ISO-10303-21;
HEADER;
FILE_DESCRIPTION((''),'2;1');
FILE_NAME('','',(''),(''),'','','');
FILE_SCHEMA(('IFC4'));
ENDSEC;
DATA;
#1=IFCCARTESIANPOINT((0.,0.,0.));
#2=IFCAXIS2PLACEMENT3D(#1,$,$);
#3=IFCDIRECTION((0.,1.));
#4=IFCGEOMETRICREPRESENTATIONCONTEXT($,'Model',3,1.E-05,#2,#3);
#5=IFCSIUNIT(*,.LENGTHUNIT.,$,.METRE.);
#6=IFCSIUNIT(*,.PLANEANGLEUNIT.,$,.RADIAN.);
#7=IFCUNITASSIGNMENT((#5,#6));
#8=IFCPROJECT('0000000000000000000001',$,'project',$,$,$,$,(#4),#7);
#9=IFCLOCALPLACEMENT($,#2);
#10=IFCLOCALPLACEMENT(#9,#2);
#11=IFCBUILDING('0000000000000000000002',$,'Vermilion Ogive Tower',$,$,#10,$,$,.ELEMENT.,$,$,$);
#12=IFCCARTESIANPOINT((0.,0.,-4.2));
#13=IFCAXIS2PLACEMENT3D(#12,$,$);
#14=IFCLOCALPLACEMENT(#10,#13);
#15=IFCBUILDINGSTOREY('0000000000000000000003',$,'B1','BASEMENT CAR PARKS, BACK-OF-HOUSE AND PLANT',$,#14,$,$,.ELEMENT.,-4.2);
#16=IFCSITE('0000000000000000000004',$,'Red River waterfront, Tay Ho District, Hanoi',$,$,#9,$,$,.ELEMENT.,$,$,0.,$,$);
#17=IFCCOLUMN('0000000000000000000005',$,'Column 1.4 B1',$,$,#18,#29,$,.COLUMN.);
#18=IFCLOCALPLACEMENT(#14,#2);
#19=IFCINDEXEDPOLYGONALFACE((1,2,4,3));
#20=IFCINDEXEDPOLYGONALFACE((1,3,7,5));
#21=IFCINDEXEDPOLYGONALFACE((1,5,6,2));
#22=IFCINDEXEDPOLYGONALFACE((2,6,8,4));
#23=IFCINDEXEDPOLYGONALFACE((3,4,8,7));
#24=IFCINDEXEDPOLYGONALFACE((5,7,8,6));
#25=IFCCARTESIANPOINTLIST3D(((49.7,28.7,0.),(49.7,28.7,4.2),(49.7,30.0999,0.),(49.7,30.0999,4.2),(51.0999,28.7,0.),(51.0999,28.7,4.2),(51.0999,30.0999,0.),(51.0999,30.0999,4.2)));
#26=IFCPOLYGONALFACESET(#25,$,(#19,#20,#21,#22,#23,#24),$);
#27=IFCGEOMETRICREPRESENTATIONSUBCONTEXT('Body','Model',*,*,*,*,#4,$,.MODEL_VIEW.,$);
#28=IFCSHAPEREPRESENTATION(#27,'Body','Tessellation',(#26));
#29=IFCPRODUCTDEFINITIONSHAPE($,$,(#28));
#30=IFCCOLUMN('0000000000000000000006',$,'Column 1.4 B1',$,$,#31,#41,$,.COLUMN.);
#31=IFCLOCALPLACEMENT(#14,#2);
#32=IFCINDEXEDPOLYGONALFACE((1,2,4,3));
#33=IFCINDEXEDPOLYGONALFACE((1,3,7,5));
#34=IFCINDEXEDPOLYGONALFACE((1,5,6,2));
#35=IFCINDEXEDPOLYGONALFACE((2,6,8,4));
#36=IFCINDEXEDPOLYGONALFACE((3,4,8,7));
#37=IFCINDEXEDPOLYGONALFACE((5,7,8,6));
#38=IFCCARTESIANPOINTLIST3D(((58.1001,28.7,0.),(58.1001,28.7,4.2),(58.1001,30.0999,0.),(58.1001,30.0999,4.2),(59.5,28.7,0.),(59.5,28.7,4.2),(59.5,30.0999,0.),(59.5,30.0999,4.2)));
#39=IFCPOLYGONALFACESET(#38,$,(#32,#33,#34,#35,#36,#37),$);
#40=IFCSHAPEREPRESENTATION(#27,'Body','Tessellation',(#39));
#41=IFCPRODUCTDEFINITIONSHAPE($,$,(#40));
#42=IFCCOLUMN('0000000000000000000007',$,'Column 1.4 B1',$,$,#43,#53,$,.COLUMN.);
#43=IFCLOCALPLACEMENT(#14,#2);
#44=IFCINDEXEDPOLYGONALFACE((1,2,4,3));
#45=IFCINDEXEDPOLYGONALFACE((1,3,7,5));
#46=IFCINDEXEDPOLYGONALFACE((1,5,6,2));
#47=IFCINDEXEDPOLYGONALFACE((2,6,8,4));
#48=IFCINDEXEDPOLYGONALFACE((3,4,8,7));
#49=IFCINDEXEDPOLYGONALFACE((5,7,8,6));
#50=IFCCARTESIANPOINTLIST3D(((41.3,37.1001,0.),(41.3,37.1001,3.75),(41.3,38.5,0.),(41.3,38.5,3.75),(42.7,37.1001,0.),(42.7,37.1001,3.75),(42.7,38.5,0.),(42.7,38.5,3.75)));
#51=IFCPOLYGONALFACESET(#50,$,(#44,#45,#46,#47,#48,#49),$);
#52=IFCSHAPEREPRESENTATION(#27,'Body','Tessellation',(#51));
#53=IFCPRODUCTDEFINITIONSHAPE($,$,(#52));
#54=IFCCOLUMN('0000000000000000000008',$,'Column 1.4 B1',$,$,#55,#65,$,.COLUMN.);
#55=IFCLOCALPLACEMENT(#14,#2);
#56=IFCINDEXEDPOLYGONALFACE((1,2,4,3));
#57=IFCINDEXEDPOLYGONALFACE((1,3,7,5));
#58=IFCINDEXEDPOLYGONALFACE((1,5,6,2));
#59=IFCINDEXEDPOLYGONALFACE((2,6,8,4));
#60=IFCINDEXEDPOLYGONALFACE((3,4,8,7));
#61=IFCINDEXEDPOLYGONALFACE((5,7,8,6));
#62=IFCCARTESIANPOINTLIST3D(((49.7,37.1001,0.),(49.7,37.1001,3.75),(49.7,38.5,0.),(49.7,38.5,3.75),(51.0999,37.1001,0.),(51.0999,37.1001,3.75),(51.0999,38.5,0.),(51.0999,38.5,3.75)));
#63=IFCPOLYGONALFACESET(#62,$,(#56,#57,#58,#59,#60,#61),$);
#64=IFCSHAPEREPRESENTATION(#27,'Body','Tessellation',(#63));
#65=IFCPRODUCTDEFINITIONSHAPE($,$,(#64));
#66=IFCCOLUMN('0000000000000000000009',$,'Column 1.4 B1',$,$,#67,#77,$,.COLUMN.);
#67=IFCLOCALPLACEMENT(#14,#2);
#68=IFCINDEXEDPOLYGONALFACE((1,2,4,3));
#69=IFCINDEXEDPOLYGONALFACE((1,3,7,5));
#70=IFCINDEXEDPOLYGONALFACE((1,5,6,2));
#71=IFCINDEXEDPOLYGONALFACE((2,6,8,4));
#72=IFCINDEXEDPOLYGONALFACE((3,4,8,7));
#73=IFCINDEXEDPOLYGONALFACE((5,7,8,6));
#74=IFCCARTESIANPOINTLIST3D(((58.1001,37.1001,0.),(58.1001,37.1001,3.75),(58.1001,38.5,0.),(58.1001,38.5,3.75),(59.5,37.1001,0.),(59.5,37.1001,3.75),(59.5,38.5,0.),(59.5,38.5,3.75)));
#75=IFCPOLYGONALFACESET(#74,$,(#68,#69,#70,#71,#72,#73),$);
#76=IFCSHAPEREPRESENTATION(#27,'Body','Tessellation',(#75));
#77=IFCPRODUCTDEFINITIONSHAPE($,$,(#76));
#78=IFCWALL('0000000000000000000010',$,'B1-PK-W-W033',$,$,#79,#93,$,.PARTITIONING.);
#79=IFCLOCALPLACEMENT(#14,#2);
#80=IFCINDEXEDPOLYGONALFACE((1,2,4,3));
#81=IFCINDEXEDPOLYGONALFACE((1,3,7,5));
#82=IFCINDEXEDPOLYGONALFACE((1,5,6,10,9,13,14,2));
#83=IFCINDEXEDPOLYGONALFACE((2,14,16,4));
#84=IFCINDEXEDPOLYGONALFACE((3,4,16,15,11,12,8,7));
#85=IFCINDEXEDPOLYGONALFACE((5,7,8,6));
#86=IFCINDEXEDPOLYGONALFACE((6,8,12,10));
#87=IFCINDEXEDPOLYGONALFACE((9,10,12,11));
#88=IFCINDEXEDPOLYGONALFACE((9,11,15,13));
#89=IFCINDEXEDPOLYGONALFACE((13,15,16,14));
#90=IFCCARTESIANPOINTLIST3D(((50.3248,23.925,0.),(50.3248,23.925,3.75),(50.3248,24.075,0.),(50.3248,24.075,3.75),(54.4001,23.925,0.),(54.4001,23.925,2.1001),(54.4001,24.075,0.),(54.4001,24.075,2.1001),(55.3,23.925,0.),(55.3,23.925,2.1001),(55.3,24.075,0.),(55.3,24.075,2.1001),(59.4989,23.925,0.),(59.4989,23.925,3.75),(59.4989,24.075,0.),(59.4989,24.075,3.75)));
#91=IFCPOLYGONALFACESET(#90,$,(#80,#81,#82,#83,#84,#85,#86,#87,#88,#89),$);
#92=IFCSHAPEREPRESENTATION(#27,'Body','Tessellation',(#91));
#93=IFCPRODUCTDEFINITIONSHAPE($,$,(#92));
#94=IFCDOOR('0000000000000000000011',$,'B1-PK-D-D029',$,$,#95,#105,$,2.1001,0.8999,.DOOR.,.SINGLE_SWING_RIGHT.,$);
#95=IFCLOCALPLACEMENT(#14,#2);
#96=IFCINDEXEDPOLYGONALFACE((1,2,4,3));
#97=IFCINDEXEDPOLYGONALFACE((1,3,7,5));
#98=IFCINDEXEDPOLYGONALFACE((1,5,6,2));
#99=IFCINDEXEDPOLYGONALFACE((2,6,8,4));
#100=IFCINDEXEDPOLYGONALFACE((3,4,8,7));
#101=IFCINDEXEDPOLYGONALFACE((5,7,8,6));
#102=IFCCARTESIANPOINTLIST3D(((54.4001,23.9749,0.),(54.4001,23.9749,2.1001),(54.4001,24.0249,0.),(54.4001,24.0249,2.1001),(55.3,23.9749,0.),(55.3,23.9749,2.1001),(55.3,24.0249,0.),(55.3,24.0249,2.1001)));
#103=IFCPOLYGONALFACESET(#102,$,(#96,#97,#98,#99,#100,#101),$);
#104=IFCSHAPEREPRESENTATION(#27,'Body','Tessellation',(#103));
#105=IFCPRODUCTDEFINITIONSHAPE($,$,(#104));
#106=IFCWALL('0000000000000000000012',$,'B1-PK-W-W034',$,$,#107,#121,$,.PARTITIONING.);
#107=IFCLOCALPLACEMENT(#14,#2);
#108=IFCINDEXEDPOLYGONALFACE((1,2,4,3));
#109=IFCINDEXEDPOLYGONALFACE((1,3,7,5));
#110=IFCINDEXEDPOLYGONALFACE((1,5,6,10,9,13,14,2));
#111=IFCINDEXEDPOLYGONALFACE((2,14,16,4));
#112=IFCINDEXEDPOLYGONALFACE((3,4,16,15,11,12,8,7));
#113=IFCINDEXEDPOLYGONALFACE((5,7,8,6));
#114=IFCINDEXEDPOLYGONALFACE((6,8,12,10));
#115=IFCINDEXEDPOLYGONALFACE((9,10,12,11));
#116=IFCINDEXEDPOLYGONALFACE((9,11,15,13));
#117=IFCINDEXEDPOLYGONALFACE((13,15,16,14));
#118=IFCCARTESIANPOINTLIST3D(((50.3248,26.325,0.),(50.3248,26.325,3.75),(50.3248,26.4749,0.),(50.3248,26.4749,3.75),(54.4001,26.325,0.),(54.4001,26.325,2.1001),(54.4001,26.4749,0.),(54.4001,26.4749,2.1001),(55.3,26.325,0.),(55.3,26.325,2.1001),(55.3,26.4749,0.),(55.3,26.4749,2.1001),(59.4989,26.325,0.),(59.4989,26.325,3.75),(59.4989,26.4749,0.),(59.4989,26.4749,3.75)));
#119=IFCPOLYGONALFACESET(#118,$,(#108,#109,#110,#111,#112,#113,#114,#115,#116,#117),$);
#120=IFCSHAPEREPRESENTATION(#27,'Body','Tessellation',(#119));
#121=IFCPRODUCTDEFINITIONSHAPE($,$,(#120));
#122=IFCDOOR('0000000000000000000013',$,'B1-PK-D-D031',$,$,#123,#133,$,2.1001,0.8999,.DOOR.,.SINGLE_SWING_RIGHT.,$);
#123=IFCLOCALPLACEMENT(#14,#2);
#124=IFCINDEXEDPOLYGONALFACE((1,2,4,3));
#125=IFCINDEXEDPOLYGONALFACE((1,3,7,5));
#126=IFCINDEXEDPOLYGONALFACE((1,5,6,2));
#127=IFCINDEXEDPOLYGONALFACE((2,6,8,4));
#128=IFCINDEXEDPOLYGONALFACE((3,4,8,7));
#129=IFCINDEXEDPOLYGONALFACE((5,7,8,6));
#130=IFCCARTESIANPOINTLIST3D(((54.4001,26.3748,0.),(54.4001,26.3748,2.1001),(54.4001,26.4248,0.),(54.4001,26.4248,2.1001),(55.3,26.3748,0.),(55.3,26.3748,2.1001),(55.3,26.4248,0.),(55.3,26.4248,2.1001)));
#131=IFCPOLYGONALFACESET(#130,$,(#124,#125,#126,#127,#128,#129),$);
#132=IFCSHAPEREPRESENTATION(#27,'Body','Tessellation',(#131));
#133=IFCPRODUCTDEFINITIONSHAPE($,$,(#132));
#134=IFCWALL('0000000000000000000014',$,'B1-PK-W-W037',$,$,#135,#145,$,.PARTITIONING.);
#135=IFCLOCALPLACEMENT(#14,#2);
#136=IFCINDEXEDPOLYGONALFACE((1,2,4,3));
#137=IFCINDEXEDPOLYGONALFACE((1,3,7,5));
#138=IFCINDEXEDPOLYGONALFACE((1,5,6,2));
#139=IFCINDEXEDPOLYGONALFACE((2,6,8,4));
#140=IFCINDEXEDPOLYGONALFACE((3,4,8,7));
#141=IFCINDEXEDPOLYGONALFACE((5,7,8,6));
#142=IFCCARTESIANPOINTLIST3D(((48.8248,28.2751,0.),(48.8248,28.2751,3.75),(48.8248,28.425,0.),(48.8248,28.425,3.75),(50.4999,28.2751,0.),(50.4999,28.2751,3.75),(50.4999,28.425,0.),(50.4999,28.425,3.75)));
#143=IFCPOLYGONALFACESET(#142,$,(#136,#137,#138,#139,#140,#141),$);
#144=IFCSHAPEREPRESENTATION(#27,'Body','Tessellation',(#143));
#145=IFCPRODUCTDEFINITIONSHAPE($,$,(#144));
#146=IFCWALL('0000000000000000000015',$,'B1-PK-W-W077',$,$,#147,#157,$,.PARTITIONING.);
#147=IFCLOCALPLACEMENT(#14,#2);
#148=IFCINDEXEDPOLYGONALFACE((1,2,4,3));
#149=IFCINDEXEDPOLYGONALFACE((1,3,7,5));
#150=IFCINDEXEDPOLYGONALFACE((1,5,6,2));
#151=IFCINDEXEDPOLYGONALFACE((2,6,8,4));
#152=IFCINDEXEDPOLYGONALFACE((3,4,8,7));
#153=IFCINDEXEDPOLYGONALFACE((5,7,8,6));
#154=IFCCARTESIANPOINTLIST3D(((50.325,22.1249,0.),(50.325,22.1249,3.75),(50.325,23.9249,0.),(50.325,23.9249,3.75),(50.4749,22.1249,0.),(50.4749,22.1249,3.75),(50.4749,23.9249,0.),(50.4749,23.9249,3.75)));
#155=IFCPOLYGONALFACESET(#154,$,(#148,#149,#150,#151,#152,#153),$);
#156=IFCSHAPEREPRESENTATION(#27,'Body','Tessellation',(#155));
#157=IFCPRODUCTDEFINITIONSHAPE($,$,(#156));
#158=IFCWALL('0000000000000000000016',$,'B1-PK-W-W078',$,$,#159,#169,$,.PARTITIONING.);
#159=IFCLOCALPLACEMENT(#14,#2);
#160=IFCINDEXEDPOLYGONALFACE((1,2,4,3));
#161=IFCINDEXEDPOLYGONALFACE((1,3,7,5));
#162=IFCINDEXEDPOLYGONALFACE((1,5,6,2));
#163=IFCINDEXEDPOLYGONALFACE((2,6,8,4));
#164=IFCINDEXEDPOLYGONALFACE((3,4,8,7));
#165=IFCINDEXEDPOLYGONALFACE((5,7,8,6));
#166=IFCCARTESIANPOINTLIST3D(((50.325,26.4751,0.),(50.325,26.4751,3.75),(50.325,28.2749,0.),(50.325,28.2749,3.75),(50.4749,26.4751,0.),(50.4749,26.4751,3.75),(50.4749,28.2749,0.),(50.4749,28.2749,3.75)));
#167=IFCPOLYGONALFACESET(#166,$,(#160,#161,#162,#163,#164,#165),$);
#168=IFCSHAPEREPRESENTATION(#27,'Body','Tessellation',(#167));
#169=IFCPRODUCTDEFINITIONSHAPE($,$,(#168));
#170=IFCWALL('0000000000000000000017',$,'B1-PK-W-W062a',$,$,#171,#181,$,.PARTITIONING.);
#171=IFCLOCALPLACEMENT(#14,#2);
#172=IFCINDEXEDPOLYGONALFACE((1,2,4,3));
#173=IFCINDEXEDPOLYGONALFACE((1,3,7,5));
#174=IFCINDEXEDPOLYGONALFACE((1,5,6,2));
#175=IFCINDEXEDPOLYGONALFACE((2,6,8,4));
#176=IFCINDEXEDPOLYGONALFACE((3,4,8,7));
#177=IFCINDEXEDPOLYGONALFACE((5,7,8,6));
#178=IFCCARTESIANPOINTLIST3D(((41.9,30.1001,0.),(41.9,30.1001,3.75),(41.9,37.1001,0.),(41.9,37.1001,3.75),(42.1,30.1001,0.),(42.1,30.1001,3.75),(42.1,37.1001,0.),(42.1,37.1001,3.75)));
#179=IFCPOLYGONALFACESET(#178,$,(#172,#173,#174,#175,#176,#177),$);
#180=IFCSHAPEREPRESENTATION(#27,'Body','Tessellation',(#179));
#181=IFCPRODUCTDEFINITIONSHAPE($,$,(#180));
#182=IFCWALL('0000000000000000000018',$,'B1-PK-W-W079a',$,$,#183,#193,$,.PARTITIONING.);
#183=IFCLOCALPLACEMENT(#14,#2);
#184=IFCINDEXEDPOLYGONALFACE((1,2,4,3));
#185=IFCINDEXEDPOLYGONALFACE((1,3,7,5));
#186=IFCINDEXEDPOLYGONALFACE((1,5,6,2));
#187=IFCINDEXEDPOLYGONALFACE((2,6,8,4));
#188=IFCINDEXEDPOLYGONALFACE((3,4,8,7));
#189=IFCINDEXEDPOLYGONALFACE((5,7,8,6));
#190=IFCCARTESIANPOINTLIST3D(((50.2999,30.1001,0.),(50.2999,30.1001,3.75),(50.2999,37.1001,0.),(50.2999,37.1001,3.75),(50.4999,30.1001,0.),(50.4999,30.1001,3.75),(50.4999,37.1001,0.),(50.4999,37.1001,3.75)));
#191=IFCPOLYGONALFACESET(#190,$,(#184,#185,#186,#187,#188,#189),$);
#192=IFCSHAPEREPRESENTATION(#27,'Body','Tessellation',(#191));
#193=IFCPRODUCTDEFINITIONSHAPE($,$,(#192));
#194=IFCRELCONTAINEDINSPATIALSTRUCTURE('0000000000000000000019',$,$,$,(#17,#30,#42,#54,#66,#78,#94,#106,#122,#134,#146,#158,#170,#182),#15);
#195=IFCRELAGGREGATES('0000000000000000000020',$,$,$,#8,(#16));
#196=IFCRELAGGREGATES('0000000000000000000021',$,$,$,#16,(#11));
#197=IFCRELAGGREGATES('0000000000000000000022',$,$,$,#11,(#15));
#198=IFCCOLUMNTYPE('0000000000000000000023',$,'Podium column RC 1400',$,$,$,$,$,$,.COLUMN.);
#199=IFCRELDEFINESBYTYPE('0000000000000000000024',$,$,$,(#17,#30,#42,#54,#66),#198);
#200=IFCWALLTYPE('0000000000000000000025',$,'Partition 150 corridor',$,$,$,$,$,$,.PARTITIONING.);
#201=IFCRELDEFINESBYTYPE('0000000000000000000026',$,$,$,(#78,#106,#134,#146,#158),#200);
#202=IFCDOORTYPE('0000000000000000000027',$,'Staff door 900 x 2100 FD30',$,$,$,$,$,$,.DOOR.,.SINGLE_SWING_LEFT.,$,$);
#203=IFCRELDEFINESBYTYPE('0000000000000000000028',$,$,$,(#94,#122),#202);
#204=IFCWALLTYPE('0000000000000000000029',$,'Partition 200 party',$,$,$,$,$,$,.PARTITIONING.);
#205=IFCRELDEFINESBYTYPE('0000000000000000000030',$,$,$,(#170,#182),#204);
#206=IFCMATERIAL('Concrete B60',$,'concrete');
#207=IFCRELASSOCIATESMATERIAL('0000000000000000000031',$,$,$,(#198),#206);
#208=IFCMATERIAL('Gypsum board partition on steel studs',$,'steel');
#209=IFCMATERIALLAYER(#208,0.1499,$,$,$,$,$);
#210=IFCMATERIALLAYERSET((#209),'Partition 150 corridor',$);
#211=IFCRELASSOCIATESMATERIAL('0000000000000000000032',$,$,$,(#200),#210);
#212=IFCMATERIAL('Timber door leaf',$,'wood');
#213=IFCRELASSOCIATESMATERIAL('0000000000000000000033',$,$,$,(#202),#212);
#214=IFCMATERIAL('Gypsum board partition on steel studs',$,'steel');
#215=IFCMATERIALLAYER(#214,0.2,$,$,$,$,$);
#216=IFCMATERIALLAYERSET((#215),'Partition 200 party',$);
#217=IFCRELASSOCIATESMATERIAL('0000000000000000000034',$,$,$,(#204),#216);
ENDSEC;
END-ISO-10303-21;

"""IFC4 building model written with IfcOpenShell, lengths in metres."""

from ifc_helpers import new_model, si_unit, direction, frame, frame_2d, origin, origin_2d, place, context, subcontext, project, spatial, rectangle, extrude, material, layer, layer_set, material_profile, profile_set, type_object, element, fill, save


model = new_model("IFC4")

# Units and contexts
model_context = context("Model", 3, precision=1e-05, world=origin(), true_north=direction((0.0, 1.0)))
body_context = subcontext(model_context, "Body", "Model", "MODEL_VIEW")
ifc_project = project(units=[si_unit("LENGTHUNIT", "METRE"), si_unit("PLANEANGLEUNIT", "RADIAN")], contexts=[model_context])

# Site, building, storey
site_placement = place(None, origin())
site = spatial("IfcSite", under=ifc_project, at=site_placement, Name="Red River waterfront, Tay Ho District, Hanoi", CompositionType="ELEMENT", RefElevation=0.0)
building_placement = place(site_placement, origin())
building = spatial("IfcBuilding", under=site, at=building_placement, Name="Vermilion Ogive Tower", CompositionType="ELEMENT")
storey_placement = place(building_placement, frame((0.0, 0.0, -4.2)))
storey = spatial("IfcBuildingStorey", under=building, at=storey_placement, Name="B1", Description="BASEMENT CAR PARKS, BACK-OF-HOUSE AND PLANT", CompositionType="ELEMENT", Elevation=-4.2)

# Columns
ifc_material_1 = material(Name="Concrete B60", Category="concrete")
ifc_material_profile = material_profile(ifc_material_1, rectangle(XDim=1.3999, YDim=1.3999, at=origin_2d()), Name="RC 1400x1400")
ifc_profile_set = profile_set([ifc_material_profile], Name="Concrete B60")
column_type = type_object("IfcColumnType", Name="Podium column RC 1400", PredefinedType="COLUMN", material=ifc_profile_set)
for number, where, z_axis, x_axis, name in (
    (1, (50.3999, 29.3999, 0.0), (0.0, 0.0, 1.0), (1.0, 0.0, 0.0), "Column 1.4 B1"),
    (2, (58.8, 29.3999, 0.0), (0.0, 0.0, 1.0), (1.0, 0.0, 0.0), "Column 1.4 B1"),
):
    element("IfcColumn", number, at=place(storey_placement, frame(where, z_axis=z_axis, x_axis=x_axis)), inside=storey, type_object=column_type, Name=name, PredefinedType="COLUMN", context=body_context, shape_type="SweptSolid", body=[
        extrude(rectangle(XDim=1.3999, YDim=1.3999, at=origin_2d()), origin(), (0.0, 0.0, 1.0), 4.2),
    ])
for number, where, z_axis, x_axis, name in (
    (3, (42.0, 37.8, 0.0), (0.0, 0.0, 1.0), (1.0, 0.0, 0.0), "Column 1.4 B1"),
    (4, (50.3999, 37.8, 0.0), (0.0, 0.0, 1.0), (1.0, 0.0, 0.0), "Column 1.4 B1"),
    (5, (58.8, 37.8, 0.0), (0.0, 0.0, 1.0), (1.0, 0.0, 0.0), "Column 1.4 B1"),
):
    element("IfcColumn", number, at=place(storey_placement, frame(where, z_axis=z_axis, x_axis=x_axis)), inside=storey, type_object=column_type, Name=name, PredefinedType="COLUMN", context=body_context, shape_type="SweptSolid", body=[
        extrude(rectangle(XDim=1.3999, YDim=1.3999, at=origin_2d()), origin(), (0.0, 0.0, 1.0), 3.75),
    ])

# Walls, openings, doors
ifc_material_2 = material(Name="Gypsum board partition on steel studs", Category="steel")
ifc_layer_1 = layer(ifc_material_2, 0.1499)
ifc_layer_set_1 = layer_set([ifc_layer_1], Name="Partition 150 corridor")
wall_type_1 = type_object("IfcWallType", Name="Partition 150 corridor", PredefinedType="PARTITIONING", material=ifc_layer_set_1)
wall_1_placement = place(storey_placement, frame((50.325, 24.0, 0.0), z_axis=(0.0, 0.0, 1.0), x_axis=(1.0, 0.0, 0.0)))
wall_1 = element("IfcWall", 6, at=wall_1_placement, inside=storey, type_object=wall_type_1, Name="B1-PK-W-W033", PredefinedType="PARTITIONING", context=body_context, shape_type="SweptSolid", body=[
    extrude(rectangle(XDim=9.1741, YDim=0.1499, at=frame_2d((4.5869, 0.0))), origin(), (0.0, 0.0, 1.0), 3.75),
])
opening_1_placement = place(wall_1_placement, frame((4.0752, 0.0, 0.0)))
opening_1 = element("IfcOpeningElement", 7, at=opening_1_placement, cuts=wall_1, PredefinedType="OPENING", context=body_context, shape_type="SweptSolid", body=[
    extrude(rectangle(XDim=0.8999, YDim=2.1001, at=frame_2d((0.45, 1.05))), frame((0.0, 0.085, 0.0), z_axis=(0.0, -1.0, 0.0), x_axis=(1.0, 0.0, 0.0)), (0.0, 0.0, 1.0), 0.1699),
])
ifc_material_3 = material(Name="Timber door leaf", Category="wood")
door_type_1 = type_object("IfcDoorType", Name="Staff door 900 x 2100 FD30", OperationType="SINGLE_SWING_LEFT", PredefinedType="DOOR", material=ifc_material_3)
door_1_placement = place(opening_1_placement, origin())
door_1 = element("IfcDoor", 8, at=door_1_placement, inside=storey, type_object=door_type_1, Name="B1-PK-D-D029", OperationType="SINGLE_SWING_RIGHT", OverallHeight=2.1001, OverallWidth=0.8999, PredefinedType="DOOR", context=body_context, shape_type="SweptSolid", body=[
    extrude(rectangle(XDim=0.8999, YDim=2.1001, at=frame_2d((0.45, 1.05))), frame((0.0, 0.0249, 0.0), z_axis=(0.0, -1.0, 0.0), x_axis=(1.0, 0.0, 0.0)), (0.0, 0.0, 1.0), 0.05),
])
fill(opening_1, door_1)
wall_2_placement = place(storey_placement, frame((50.325, 26.3999, 0.0), z_axis=(0.0, 0.0, 1.0), x_axis=(1.0, 0.0, 0.0)))
wall_2 = element("IfcWall", 9, at=wall_2_placement, inside=storey, type_object=wall_type_1, Name="B1-PK-W-W034", PredefinedType="PARTITIONING", context=body_context, shape_type="SweptSolid", body=[
    extrude(rectangle(XDim=9.1741, YDim=0.1499, at=frame_2d((4.5869, 0.0))), origin(), (0.0, 0.0, 1.0), 3.75),
])
opening_2_placement = place(wall_2_placement, frame((4.0752, 0.0, 0.0)))
opening_2 = element("IfcOpeningElement", 10, at=opening_2_placement, cuts=wall_2, PredefinedType="OPENING", context=body_context, shape_type="SweptSolid", body=[
    extrude(rectangle(XDim=0.8999, YDim=2.1001, at=frame_2d((0.45, 1.05))), frame((0.0, 0.085, 0.0), z_axis=(0.0, -1.0, 0.0), x_axis=(1.0, 0.0, 0.0)), (0.0, 0.0, 1.0), 0.1699),
])
door_2_placement = place(opening_2_placement, origin())
door_2 = element("IfcDoor", 11, at=door_2_placement, inside=storey, type_object=door_type_1, Name="B1-PK-D-D031", OperationType="SINGLE_SWING_RIGHT", OverallHeight=2.1001, OverallWidth=0.8999, PredefinedType="DOOR", context=body_context, shape_type="SweptSolid", body=[
    extrude(rectangle(XDim=0.8999, YDim=2.1001, at=frame_2d((0.45, 1.05))), frame((0.0, 0.0249, 0.0), z_axis=(0.0, -1.0, 0.0), x_axis=(1.0, 0.0, 0.0)), (0.0, 0.0, 1.0), 0.05),
])
fill(opening_2, door_2)

# Walls
wall_3_placement = place(storey_placement, frame((48.825, 28.3501, 0.0), z_axis=(0.0, 0.0, 1.0), x_axis=(1.0, 0.0, 0.0)))
element("IfcWall", 12, at=wall_3_placement, inside=storey, type_object=wall_type_1, Name="B1-PK-W-W037", PredefinedType="PARTITIONING", context=body_context, shape_type="SweptSolid", body=[
    extrude(rectangle(XDim=1.675, YDim=0.1499, at=frame_2d((0.8374, 0.0))), origin(), (0.0, 0.0, 1.0), 3.75),
])
wall_4_placement = place(storey_placement, frame((50.3999, 22.125, 0.0), z_axis=(0.0, 0.0, 1.0), x_axis=(0.0, 1.0, 0.0)))
element("IfcWall", 13, at=wall_4_placement, inside=storey, type_object=wall_type_1, Name="B1-PK-W-W077", PredefinedType="PARTITIONING", context=body_context, shape_type="SweptSolid", body=[
    extrude(rectangle(XDim=1.8, YDim=0.1499, at=frame_2d((0.8999, 0.0))), origin(), (0.0, 0.0, 1.0), 3.75),
])
wall_5_placement = place(storey_placement, frame((50.3999, 26.4751, 0.0), z_axis=(0.0, 0.0, 1.0), x_axis=(0.0, 1.0, 0.0)))
element("IfcWall", 14, at=wall_5_placement, inside=storey, type_object=wall_type_1, Name="B1-PK-W-W078", PredefinedType="PARTITIONING", context=body_context, shape_type="SweptSolid", body=[
    extrude(rectangle(XDim=1.7998, YDim=0.1499, at=frame_2d((0.8999, 0.0))), origin(), (0.0, 0.0, 1.0), 3.75),
])
ifc_material_4 = material(Name="Gypsum board partition on steel studs", Category="steel")
ifc_layer_2 = layer(ifc_material_4, 0.2)
ifc_layer_set_2 = layer_set([ifc_layer_2], Name="Partition 200 party")
wall_type_2 = type_object("IfcWallType", Name="Partition 200 party", PredefinedType="PARTITIONING", material=ifc_layer_set_2)
for number, where, z_axis, x_axis, name in (
    (15, (42.0, 30.1001, 0.0), (0.0, 0.0, 1.0), (0.0, 1.0, 0.0), "B1-PK-W-W062a"),
    (16, (50.3999, 30.1001, 0.0), (0.0, 0.0, 1.0), (0.0, 1.0, 0.0), "B1-PK-W-W079a"),
):
    element("IfcWall", number, at=place(storey_placement, frame(where, z_axis=z_axis, x_axis=x_axis)), inside=storey, type_object=wall_type_2, Name=name, PredefinedType="PARTITIONING", context=body_context, shape_type="SweptSolid", body=[
        extrude(rectangle(XDim=7.0, YDim=0.2, at=frame_2d((3.5, 0.0))), origin(), (0.0, 0.0, 1.0), 3.75),
    ])

save(model, "model.ifc")
